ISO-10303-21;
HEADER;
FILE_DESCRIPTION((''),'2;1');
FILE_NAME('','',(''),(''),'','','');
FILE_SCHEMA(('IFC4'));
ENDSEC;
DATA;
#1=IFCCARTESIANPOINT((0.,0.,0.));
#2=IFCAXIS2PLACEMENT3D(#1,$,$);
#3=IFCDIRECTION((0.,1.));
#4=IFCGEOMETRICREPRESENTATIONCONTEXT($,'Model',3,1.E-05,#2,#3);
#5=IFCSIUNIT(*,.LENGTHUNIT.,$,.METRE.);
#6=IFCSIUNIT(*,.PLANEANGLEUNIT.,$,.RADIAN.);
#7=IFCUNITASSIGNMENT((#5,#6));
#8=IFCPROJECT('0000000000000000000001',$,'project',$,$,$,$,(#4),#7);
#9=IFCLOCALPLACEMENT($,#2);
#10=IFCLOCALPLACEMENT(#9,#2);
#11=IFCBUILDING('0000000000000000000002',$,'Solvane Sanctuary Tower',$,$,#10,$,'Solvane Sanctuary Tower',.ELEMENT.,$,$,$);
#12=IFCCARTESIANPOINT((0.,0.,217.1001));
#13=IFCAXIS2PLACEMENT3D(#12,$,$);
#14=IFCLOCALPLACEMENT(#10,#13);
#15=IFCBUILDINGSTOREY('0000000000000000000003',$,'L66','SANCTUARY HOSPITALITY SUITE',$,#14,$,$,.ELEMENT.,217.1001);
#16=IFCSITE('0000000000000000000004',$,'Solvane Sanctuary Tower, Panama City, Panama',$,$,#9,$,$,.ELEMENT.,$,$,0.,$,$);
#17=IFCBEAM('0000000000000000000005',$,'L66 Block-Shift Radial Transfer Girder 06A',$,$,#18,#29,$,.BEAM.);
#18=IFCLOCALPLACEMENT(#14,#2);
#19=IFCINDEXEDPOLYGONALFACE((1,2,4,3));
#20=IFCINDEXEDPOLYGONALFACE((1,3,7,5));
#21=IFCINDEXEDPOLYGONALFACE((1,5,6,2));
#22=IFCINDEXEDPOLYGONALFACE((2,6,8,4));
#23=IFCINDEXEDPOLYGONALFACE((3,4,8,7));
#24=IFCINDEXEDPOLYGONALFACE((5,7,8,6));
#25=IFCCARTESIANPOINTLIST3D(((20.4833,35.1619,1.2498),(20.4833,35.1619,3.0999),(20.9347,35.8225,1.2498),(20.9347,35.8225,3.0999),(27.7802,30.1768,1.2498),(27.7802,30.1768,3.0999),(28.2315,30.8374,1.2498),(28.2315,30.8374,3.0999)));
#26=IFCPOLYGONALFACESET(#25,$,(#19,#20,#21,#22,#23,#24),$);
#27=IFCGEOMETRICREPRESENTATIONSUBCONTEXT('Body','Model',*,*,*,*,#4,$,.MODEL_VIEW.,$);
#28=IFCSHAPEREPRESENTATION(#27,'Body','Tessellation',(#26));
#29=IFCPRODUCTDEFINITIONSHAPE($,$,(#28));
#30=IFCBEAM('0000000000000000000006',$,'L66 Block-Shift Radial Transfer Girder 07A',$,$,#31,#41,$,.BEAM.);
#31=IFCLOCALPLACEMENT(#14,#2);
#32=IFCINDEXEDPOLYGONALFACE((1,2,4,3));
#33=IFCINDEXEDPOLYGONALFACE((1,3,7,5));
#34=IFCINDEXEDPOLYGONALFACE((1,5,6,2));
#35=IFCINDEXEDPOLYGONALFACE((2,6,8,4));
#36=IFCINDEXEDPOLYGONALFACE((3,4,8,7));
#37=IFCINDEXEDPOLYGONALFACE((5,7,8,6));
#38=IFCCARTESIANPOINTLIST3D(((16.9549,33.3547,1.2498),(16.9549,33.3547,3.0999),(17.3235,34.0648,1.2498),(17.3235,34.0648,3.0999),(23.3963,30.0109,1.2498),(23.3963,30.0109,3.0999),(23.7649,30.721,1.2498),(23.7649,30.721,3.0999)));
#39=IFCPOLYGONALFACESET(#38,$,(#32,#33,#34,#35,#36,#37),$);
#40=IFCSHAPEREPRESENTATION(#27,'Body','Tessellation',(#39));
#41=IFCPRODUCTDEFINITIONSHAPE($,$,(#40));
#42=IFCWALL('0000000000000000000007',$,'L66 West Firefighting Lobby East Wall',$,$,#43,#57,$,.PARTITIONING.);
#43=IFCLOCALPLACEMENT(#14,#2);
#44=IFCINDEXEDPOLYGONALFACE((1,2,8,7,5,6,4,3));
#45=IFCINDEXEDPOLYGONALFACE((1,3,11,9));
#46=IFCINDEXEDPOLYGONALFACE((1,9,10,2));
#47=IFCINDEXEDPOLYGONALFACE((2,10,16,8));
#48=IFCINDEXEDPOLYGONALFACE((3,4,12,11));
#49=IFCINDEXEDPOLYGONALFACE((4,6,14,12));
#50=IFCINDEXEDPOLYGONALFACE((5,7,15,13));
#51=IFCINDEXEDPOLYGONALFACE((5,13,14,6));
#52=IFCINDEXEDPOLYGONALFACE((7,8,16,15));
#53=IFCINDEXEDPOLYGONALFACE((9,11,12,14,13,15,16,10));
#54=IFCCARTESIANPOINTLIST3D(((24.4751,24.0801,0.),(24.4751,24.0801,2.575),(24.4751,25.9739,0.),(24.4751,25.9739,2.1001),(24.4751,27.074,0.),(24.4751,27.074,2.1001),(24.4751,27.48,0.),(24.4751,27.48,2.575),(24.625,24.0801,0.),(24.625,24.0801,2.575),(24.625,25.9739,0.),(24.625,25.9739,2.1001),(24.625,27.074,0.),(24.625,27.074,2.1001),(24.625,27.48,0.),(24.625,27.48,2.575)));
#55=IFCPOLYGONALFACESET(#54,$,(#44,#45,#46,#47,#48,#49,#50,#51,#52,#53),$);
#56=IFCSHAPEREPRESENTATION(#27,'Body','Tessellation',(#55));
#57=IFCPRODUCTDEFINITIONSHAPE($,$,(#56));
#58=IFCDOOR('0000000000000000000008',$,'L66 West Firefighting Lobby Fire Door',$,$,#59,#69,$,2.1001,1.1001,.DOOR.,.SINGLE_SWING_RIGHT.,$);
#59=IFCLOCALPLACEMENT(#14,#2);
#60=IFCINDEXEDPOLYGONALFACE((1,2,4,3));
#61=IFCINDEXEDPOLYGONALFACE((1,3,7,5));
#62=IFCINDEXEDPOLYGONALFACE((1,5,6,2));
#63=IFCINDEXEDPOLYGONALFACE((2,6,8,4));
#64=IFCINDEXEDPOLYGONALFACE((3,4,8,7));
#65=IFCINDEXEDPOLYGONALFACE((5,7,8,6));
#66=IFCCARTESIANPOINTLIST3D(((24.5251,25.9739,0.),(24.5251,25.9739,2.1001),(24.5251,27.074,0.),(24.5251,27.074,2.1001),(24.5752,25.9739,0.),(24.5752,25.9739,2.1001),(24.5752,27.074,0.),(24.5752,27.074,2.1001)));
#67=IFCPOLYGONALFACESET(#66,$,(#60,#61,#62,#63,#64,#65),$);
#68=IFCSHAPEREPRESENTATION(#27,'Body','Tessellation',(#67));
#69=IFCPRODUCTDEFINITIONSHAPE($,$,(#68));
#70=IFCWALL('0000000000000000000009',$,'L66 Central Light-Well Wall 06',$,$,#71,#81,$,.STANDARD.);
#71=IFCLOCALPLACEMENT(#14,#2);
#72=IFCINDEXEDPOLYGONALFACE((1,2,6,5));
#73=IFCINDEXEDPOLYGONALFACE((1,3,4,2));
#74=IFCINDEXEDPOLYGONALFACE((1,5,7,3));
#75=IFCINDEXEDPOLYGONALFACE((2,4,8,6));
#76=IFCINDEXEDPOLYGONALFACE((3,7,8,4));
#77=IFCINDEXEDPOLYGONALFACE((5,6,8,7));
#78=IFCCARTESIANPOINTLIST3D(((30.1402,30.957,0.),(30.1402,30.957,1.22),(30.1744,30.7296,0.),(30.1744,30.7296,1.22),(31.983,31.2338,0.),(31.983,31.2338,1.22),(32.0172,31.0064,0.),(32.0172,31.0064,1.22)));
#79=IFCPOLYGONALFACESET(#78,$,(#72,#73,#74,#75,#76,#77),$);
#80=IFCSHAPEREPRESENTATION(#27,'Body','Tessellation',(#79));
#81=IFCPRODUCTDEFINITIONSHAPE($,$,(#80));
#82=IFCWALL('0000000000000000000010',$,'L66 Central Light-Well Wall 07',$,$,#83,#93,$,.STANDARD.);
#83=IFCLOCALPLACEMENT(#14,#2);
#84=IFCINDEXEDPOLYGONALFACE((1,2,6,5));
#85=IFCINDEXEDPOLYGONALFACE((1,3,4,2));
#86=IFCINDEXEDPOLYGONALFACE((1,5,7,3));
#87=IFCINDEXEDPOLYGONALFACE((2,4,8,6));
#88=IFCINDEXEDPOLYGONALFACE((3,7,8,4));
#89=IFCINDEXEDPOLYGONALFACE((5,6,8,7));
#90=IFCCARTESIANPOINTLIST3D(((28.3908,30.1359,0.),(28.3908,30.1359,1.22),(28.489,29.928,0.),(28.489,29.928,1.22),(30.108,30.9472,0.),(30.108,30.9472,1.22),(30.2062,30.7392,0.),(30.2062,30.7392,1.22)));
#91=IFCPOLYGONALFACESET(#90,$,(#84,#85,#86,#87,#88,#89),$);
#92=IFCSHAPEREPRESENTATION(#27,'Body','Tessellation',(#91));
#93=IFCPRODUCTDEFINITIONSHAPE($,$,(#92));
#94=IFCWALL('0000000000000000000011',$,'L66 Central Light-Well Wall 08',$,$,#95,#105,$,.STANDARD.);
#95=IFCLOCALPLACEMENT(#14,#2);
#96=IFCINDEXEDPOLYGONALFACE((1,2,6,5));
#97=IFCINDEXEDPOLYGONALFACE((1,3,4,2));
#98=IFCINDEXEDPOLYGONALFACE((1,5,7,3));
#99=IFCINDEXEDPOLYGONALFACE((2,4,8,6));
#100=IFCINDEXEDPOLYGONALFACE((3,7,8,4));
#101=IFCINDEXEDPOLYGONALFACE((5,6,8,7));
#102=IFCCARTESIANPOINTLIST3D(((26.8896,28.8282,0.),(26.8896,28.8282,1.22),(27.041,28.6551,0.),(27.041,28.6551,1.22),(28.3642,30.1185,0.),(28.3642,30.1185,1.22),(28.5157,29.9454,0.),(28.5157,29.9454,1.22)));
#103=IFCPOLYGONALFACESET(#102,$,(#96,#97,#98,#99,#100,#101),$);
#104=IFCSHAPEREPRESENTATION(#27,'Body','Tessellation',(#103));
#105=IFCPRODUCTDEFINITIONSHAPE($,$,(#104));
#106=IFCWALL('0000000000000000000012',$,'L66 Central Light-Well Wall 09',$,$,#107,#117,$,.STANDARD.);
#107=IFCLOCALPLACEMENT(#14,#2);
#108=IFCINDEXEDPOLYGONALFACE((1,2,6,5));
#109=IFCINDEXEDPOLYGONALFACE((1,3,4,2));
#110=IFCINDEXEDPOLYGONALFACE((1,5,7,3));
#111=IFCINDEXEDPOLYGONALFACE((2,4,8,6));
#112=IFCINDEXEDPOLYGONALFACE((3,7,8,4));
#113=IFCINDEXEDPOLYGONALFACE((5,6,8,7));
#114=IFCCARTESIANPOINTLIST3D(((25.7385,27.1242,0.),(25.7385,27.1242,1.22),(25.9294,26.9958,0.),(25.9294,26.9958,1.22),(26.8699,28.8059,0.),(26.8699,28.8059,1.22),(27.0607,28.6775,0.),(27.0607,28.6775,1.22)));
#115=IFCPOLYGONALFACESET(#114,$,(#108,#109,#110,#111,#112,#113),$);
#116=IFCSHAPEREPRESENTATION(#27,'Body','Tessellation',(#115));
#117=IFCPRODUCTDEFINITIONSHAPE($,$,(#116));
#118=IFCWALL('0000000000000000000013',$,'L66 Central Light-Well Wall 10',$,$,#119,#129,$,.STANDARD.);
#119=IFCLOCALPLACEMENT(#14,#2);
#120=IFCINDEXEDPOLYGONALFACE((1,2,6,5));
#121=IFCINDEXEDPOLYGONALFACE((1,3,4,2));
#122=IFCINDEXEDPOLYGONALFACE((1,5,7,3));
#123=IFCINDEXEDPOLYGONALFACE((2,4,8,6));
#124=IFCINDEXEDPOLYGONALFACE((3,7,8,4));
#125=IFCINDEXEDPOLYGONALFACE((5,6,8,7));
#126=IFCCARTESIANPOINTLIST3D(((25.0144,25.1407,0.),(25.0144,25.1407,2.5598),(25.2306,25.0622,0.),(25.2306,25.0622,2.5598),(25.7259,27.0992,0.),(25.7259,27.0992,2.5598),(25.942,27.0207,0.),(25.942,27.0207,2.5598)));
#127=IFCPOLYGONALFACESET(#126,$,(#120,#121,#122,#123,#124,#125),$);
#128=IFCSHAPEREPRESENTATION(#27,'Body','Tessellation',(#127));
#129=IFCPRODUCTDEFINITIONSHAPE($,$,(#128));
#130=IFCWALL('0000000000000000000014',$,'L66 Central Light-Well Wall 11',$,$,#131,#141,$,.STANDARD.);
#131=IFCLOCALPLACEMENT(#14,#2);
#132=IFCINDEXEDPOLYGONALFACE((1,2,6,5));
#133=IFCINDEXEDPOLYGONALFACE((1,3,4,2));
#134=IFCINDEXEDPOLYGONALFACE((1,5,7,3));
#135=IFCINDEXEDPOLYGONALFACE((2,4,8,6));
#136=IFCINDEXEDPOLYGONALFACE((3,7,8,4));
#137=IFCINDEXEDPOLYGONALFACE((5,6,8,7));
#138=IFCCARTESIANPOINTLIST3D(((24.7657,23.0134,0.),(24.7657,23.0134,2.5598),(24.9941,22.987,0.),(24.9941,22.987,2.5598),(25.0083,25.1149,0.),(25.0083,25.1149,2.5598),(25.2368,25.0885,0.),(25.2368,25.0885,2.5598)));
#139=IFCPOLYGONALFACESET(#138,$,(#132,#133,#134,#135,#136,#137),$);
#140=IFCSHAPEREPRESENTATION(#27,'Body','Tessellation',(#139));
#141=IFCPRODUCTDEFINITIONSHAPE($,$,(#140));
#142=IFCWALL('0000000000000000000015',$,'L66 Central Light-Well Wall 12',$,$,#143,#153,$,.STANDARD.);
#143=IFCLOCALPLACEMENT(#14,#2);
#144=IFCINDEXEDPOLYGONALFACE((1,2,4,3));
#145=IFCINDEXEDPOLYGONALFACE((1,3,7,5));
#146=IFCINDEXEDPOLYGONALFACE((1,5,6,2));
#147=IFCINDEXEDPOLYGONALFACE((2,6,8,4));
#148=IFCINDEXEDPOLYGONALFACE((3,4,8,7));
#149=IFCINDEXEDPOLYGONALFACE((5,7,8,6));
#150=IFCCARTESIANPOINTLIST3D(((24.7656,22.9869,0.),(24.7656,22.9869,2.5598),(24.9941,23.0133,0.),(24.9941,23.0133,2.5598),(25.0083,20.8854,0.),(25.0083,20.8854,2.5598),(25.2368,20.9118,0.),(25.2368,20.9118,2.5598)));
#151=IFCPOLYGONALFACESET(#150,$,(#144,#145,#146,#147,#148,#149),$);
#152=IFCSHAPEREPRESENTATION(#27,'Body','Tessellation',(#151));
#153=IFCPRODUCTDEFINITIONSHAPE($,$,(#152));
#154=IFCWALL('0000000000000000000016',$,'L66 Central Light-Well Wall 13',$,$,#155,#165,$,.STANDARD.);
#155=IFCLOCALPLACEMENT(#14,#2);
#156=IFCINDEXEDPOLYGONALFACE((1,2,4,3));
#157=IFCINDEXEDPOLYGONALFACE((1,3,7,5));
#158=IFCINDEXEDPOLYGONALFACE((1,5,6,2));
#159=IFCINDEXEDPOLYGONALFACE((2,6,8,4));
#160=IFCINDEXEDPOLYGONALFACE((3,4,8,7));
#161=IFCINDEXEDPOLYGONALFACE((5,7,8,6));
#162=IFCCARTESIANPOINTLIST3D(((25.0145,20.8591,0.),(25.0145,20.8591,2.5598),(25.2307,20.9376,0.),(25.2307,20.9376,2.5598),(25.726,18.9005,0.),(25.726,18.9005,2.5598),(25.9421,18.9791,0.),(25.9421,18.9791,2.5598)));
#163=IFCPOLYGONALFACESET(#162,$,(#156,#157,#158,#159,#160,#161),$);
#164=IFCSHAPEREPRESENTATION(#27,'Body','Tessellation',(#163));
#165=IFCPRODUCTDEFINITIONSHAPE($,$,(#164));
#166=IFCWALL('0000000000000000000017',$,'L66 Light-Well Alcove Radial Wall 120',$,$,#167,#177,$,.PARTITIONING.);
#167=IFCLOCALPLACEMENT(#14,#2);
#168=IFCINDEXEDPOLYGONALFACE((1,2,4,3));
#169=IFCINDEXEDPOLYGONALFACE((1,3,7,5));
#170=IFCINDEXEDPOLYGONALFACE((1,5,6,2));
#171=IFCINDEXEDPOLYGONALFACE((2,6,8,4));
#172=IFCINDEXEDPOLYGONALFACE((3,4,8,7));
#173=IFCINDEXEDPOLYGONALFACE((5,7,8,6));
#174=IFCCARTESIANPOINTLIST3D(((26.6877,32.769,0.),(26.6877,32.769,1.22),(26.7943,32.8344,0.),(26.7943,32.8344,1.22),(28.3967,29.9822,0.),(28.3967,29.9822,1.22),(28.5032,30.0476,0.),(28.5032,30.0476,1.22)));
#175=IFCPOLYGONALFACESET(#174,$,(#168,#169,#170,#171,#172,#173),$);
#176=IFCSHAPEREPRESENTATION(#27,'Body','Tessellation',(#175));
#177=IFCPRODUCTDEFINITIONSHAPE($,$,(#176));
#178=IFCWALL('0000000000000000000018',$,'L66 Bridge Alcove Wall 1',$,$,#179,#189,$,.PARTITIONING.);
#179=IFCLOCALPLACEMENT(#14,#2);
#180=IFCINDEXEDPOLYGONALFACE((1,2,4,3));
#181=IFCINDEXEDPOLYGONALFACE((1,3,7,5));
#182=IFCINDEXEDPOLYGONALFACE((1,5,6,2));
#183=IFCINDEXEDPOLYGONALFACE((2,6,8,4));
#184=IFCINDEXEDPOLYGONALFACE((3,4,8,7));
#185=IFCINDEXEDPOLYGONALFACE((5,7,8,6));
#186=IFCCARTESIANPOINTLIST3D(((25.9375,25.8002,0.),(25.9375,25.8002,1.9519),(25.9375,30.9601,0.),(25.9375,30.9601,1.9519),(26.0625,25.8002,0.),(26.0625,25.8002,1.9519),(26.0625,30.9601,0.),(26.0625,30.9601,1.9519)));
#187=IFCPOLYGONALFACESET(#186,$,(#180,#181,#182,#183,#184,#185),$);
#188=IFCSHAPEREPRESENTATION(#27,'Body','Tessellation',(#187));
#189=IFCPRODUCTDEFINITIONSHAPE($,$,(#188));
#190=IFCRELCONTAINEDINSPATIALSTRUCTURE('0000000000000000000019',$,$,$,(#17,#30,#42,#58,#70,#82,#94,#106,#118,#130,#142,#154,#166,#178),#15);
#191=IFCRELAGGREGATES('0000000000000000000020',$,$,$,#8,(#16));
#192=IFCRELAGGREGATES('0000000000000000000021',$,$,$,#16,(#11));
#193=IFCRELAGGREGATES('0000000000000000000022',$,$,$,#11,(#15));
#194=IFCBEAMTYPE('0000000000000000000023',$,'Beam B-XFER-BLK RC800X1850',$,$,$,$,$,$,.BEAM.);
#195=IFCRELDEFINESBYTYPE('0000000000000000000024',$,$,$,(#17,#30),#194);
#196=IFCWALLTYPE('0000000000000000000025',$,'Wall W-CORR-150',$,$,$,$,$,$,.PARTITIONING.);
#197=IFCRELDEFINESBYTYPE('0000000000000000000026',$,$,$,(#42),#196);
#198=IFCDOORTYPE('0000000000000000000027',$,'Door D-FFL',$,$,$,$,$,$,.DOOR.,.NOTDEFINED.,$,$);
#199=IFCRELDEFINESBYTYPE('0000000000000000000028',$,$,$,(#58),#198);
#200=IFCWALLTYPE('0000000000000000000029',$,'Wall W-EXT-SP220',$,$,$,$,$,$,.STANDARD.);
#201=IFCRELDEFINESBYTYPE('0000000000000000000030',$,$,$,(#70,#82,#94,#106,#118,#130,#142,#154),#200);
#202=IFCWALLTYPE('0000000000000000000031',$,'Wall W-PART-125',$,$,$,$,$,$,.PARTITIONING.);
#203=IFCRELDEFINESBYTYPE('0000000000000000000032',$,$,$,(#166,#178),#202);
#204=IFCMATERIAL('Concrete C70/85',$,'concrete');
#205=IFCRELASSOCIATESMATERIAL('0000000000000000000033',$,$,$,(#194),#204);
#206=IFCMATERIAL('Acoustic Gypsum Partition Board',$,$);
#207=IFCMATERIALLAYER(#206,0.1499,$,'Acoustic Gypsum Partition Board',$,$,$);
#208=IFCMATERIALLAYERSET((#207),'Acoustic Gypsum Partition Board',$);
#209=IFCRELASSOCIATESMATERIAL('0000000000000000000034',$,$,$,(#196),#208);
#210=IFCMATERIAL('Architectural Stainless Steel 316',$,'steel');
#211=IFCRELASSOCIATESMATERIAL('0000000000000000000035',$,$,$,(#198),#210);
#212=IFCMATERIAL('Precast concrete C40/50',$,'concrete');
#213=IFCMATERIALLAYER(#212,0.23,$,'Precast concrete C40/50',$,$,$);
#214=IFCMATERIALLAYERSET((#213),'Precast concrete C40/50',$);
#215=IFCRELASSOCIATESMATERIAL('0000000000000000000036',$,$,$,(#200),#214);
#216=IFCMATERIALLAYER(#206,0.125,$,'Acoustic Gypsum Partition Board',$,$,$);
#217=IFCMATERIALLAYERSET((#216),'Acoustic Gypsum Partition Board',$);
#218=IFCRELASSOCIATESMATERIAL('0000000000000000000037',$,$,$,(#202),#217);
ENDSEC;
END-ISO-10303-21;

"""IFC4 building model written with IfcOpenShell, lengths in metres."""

from ifc_helpers import new_model, si_unit, direction, frame, frame_2d, origin, origin_2d, place, context, subcontext, project, spatial, rectangle, extrude, material, layer, layer_set, material_profile, profile_set, type_object, element, fill, save


model = new_model("IFC4")

# Units and contexts
model_context = context("Model", 3, precision=1e-05, world=origin(), true_north=direction((0.0, 1.0)))
body_context = subcontext(model_context, "Body", "Model", "MODEL_VIEW")
ifc_project = project(units=[si_unit("LENGTHUNIT", "METRE"), si_unit("PLANEANGLEUNIT", "RADIAN")], contexts=[model_context])

# Site, building, storey
site_placement = place(None, origin())
site = spatial("IfcSite", under=ifc_project, at=site_placement, Name="Solvane Sanctuary Tower, Panama City, Panama", CompositionType="ELEMENT", RefElevation=0.0)
building_placement = place(site_placement, origin())
building = spatial("IfcBuilding", under=site, at=building_placement, Name="Solvane Sanctuary Tower", LongName="Solvane Sanctuary Tower", CompositionType="ELEMENT")
storey_placement = place(building_placement, frame((0.0, 0.0, 217.1001)))
storey = spatial("IfcBuildingStorey", under=building, at=storey_placement, Name="L66", Description="SANCTUARY HOSPITALITY SUITE", CompositionType="ELEMENT", Elevation=217.1001)

# Shared definitions
ifc_material_1 = material(Name="Concrete C70/85", Category="concrete")

# Beams
ifc_material_profile_1 = material_profile(ifc_material_1, rectangle(XDim=0.8, YDim=1.8501, at=origin_2d()), Name="RC800X1850")
ifc_profile_set_1 = profile_set([ifc_material_profile_1], Name="Concrete C70/85")
beam_type_1 = type_object("IfcBeamType", Name="Beam B-XFER-BLK RC800X1850", PredefinedType="BEAM", material=ifc_profile_set_1)
beam_1_placement = place(storey_placement, frame((28.0059, 30.5071, 2.1748), z_axis=(-0.825702, 0.564106, 0.0), x_axis=(-0.564106, -0.825702, 0.0)))
element("IfcBeam", 1, at=beam_1_placement, inside=storey, type_object=beam_type_1, Name="L66 Block-Shift Radial Transfer Girder 06A", PredefinedType="BEAM", context=body_context, shape_type="SweptSolid", body=[
    extrude(rectangle(XDim=0.8, YDim=1.8501, at=origin_2d()), origin(), (0.0, 0.0, 1.0), 8.8372),
])
beam_2_placement = place(storey_placement, frame((23.5806, 30.366, 2.1748), z_axis=(-0.887543, 0.460726, 0.0), x_axis=(-0.460726, -0.887543, 0.0)))
element("IfcBeam", 2, at=beam_2_placement, inside=storey, type_object=beam_type_1, Name="L66 Block-Shift Radial Transfer Girder 07A", PredefinedType="BEAM", context=body_context, shape_type="SweptSolid", body=[
    extrude(rectangle(XDim=0.8, YDim=1.8501, at=origin_2d()), origin(), (0.0, 0.0, 1.0), 7.2576),
])

# Wall, opening, door
ifc_material_2 = material(Name="Acoustic Gypsum Partition Board")
ifc_layer_1 = layer(ifc_material_2, 0.1499, Name="Acoustic Gypsum Partition Board")
ifc_layer_set_1 = layer_set([ifc_layer_1], Name="Acoustic Gypsum Partition Board")
wall_type_1 = type_object("IfcWallType", Name="Wall W-CORR-150", PredefinedType="PARTITIONING", material=ifc_layer_set_1)
wall_1_placement = place(storey_placement, frame((24.55, 24.0801, 0.0), z_axis=(0.0, 0.0, 1.0), x_axis=(0.0, 1.0, 0.0)))
wall_1 = element("IfcWall", 3, at=wall_1_placement, inside=storey, type_object=wall_type_1, Name="L66 West Firefighting Lobby East Wall", PredefinedType="PARTITIONING", context=body_context, shape_type="SweptSolid", body=[
    extrude(rectangle(XDim=3.3999, YDim=0.1499, at=frame_2d((1.7, 0.0))), origin(), (0.0, 0.0, 1.0), 2.575),
])
opening_placement = place(wall_1_placement, frame((1.8938, 0.0, 0.0)))
opening = element("IfcOpeningElement", 4, at=opening_placement, cuts=wall_1, PredefinedType="OPENING", context=body_context, shape_type="SweptSolid", body=[
    extrude(rectangle(XDim=1.1001, YDim=2.1001, at=frame_2d((0.55, 1.05))), frame((0.0, 0.085, 0.0), z_axis=(0.0, -1.0, 0.0), x_axis=(1.0, 0.0, 0.0)), (0.0, 0.0, 1.0), 0.1699),
])
ifc_material_3 = material(Name="Architectural Stainless Steel 316", Category="steel")
door_type = type_object("IfcDoorType", Name="Door D-FFL", OperationType="NOTDEFINED", PredefinedType="DOOR", material=ifc_material_3)
door_placement = place(opening_placement, origin())
door = element("IfcDoor", 5, at=door_placement, inside=storey, type_object=door_type, Name="L66 West Firefighting Lobby Fire Door", OperationType="SINGLE_SWING_RIGHT", OverallHeight=2.1001, OverallWidth=1.1001, PredefinedType="DOOR", context=body_context, shape_type="SweptSolid", body=[
    extrude(rectangle(XDim=1.1001, YDim=2.1001, at=frame_2d((0.55, 1.05))), frame((0.0, 0.0249, 0.0), z_axis=(0.0, -1.0, 0.0), x_axis=(1.0, 0.0, 0.0)), (0.0, 0.0, 1.0), 0.05),
])
fill(opening, door)

# Walls
ifc_material_4 = material(Name="Precast concrete C40/50", Category="concrete")
ifc_layer_2 = layer(ifc_material_4, 0.23, Name="Precast concrete C40/50")
ifc_layer_set_2 = layer_set([ifc_layer_2], Name="Precast concrete C40/50")
wall_type_2 = type_object("IfcWallType", Name="Wall W-EXT-SP220", PredefinedType="STANDARD", material=ifc_layer_set_2)
wall_2_placement = place(storey_placement, frame((32.0, 31.1201, 0.0), z_axis=(0.0, 0.0, 1.0), x_axis=(-0.988902, -0.148571, 0.0)))
element("IfcWall", 6, at=wall_2_placement, inside=storey, type_object=wall_type_2, Name="L66 Central Light-Well Wall 06", PredefinedType="STANDARD", context=body_context, shape_type="SweptSolid", body=[
    extrude(rectangle(XDim=1.8635, YDim=0.23, at=frame_2d((0.9316, 0.0))), origin(), (0.0, 0.0, 1.0), 1.22),
])
wall_3_placement = place(storey_placement, frame((30.1572, 30.8433, 0.0), z_axis=(0.0, 0.0, 1.0), x_axis=(-0.90418, -0.427152, 0.0)))
element("IfcWall", 7, at=wall_3_placement, inside=storey, type_object=wall_type_2, Name="L66 Central Light-Well Wall 07", PredefinedType="STANDARD", context=body_context, shape_type="SweptSolid", body=[
    extrude(rectangle(XDim=1.8992, YDim=0.23, at=frame_2d((0.9497, 0.0))), origin(), (0.0, 0.0, 1.0), 1.22),
])
wall_4_placement = place(storey_placement, frame((28.4399, 30.032, 0.0), z_axis=(0.0, 0.0, 1.0), x_axis=(-0.752577, -0.658505, 0.0)))
element("IfcWall", 8, at=wall_4_placement, inside=storey, type_object=wall_type_2, Name="L66 Central Light-Well Wall 08", PredefinedType="STANDARD", context=body_context, shape_type="SweptSolid", body=[
    extrude(rectangle(XDim=1.9595, YDim=0.23, at=frame_2d((0.9797, 0.0))), origin(), (0.0, 0.0, 1.0), 1.22),
])
wall_5_placement = place(storey_placement, frame((26.9653, 28.7417, 0.0), z_axis=(0.0, 0.0, 1.0), x_axis=(-0.558198, -0.829708, 0.0)))
element("IfcWall", 9, at=wall_5_placement, inside=storey, type_object=wall_type_2, Name="L66 Central Light-Well Wall 09", PredefinedType="STANDARD", context=body_context, shape_type="SweptSolid", body=[
    extrude(rectangle(XDim=2.0269, YDim=0.23, at=frame_2d((1.0134, 0.0))), origin(), (0.0, 0.0, 1.0), 1.22),
])
wall_6_placement = place(storey_placement, frame((25.834, 27.0601, 0.0), z_axis=(0.0, 0.0, 1.0), x_axis=(-0.341423, -0.93991, 0.0)))
element("IfcWall", 10, at=wall_6_placement, inside=storey, type_object=wall_type_2, Name="L66 Central Light-Well Wall 10", PredefinedType="STANDARD", context=body_context, shape_type="SweptSolid", body=[
    extrude(rectangle(XDim=2.0837, YDim=0.23, at=frame_2d((1.042, 0.0))), origin(), (0.0, 0.0, 1.0), 2.5598),
])
for number, where, z_axis, x_axis, name in (
    (11, (25.1226, 25.1016, 0.0), (0.0, 0.0, 1.0), (-0.114712, -0.993399, 0.0), "L66 Central Light-Well Wall 11"),
    (12, (24.8799, 23.0, 0.0), (0.0, 0.0, 1.0), (0.114712, -0.993399, 0.0), "L66 Central Light-Well Wall 12"),
):
    element("IfcWall", number, at=place(storey_placement, frame(where, z_axis=z_axis, x_axis=x_axis)), inside=storey, type_object=wall_type_2, Name=name, PredefinedType="STANDARD", context=body_context, shape_type="SweptSolid", body=[
        extrude(rectangle(XDim=2.1155, YDim=0.23, at=frame_2d((1.0576, 0.0))), origin(), (0.0, 0.0, 1.0), 2.5598),
    ])
wall_7_placement = place(storey_placement, frame((25.1226, 20.8984, 0.0), z_axis=(0.0, 0.0, 1.0), x_axis=(0.341423, -0.93991, 0.0)))
element("IfcWall", 13, at=wall_7_placement, inside=storey, type_object=wall_type_2, Name="L66 Central Light-Well Wall 13", PredefinedType="STANDARD", context=body_context, shape_type="SweptSolid", body=[
    extrude(rectangle(XDim=2.0837, YDim=0.23, at=frame_2d((1.042, 0.0))), origin(), (0.0, 0.0, 1.0), 2.5598),
])
ifc_layer_3 = layer(ifc_material_2, 0.125, Name="Acoustic Gypsum Partition Board")
ifc_layer_set_3 = layer_set([ifc_layer_3], Name="Acoustic Gypsum Partition Board")
wall_type_3 = type_object("IfcWallType", Name="Wall W-PART-125", PredefinedType="PARTITIONING", material=ifc_layer_set_3)
wall_8_placement = place(storey_placement, frame((28.45, 30.0149, 0.0), z_axis=(0.0, 0.0, 1.0), x_axis=(-0.522763, 0.852478, 0.0)))
element("IfcWall", 14, at=wall_8_placement, inside=storey, type_object=wall_type_3, Name="L66 Light-Well Alcove Radial Wall 120", PredefinedType="PARTITIONING", context=body_context, shape_type="SweptSolid", body=[
    extrude(rectangle(XDim=3.269, YDim=0.125, at=frame_2d((1.6345, 0.0))), origin(), (0.0, 0.0, 1.0), 1.22),
])
wall_9_placement = place(storey_placement, frame((26.0, 25.8, 0.0), z_axis=(0.0, 0.0, 1.0), x_axis=(0.0, 1.0, 0.0)))
element("IfcWall", 15, at=wall_9_placement, inside=storey, type_object=wall_type_3, Name="L66 Bridge Alcove Wall 1", PredefinedType="PARTITIONING", context=body_context, shape_type="SweptSolid", body=[
    extrude(rectangle(XDim=5.1599, YDim=0.125, at=frame_2d((2.5801, 0.0))), origin(), (0.0, 0.0, 1.0), 1.9519),
])

save(model, "model.ifc")
